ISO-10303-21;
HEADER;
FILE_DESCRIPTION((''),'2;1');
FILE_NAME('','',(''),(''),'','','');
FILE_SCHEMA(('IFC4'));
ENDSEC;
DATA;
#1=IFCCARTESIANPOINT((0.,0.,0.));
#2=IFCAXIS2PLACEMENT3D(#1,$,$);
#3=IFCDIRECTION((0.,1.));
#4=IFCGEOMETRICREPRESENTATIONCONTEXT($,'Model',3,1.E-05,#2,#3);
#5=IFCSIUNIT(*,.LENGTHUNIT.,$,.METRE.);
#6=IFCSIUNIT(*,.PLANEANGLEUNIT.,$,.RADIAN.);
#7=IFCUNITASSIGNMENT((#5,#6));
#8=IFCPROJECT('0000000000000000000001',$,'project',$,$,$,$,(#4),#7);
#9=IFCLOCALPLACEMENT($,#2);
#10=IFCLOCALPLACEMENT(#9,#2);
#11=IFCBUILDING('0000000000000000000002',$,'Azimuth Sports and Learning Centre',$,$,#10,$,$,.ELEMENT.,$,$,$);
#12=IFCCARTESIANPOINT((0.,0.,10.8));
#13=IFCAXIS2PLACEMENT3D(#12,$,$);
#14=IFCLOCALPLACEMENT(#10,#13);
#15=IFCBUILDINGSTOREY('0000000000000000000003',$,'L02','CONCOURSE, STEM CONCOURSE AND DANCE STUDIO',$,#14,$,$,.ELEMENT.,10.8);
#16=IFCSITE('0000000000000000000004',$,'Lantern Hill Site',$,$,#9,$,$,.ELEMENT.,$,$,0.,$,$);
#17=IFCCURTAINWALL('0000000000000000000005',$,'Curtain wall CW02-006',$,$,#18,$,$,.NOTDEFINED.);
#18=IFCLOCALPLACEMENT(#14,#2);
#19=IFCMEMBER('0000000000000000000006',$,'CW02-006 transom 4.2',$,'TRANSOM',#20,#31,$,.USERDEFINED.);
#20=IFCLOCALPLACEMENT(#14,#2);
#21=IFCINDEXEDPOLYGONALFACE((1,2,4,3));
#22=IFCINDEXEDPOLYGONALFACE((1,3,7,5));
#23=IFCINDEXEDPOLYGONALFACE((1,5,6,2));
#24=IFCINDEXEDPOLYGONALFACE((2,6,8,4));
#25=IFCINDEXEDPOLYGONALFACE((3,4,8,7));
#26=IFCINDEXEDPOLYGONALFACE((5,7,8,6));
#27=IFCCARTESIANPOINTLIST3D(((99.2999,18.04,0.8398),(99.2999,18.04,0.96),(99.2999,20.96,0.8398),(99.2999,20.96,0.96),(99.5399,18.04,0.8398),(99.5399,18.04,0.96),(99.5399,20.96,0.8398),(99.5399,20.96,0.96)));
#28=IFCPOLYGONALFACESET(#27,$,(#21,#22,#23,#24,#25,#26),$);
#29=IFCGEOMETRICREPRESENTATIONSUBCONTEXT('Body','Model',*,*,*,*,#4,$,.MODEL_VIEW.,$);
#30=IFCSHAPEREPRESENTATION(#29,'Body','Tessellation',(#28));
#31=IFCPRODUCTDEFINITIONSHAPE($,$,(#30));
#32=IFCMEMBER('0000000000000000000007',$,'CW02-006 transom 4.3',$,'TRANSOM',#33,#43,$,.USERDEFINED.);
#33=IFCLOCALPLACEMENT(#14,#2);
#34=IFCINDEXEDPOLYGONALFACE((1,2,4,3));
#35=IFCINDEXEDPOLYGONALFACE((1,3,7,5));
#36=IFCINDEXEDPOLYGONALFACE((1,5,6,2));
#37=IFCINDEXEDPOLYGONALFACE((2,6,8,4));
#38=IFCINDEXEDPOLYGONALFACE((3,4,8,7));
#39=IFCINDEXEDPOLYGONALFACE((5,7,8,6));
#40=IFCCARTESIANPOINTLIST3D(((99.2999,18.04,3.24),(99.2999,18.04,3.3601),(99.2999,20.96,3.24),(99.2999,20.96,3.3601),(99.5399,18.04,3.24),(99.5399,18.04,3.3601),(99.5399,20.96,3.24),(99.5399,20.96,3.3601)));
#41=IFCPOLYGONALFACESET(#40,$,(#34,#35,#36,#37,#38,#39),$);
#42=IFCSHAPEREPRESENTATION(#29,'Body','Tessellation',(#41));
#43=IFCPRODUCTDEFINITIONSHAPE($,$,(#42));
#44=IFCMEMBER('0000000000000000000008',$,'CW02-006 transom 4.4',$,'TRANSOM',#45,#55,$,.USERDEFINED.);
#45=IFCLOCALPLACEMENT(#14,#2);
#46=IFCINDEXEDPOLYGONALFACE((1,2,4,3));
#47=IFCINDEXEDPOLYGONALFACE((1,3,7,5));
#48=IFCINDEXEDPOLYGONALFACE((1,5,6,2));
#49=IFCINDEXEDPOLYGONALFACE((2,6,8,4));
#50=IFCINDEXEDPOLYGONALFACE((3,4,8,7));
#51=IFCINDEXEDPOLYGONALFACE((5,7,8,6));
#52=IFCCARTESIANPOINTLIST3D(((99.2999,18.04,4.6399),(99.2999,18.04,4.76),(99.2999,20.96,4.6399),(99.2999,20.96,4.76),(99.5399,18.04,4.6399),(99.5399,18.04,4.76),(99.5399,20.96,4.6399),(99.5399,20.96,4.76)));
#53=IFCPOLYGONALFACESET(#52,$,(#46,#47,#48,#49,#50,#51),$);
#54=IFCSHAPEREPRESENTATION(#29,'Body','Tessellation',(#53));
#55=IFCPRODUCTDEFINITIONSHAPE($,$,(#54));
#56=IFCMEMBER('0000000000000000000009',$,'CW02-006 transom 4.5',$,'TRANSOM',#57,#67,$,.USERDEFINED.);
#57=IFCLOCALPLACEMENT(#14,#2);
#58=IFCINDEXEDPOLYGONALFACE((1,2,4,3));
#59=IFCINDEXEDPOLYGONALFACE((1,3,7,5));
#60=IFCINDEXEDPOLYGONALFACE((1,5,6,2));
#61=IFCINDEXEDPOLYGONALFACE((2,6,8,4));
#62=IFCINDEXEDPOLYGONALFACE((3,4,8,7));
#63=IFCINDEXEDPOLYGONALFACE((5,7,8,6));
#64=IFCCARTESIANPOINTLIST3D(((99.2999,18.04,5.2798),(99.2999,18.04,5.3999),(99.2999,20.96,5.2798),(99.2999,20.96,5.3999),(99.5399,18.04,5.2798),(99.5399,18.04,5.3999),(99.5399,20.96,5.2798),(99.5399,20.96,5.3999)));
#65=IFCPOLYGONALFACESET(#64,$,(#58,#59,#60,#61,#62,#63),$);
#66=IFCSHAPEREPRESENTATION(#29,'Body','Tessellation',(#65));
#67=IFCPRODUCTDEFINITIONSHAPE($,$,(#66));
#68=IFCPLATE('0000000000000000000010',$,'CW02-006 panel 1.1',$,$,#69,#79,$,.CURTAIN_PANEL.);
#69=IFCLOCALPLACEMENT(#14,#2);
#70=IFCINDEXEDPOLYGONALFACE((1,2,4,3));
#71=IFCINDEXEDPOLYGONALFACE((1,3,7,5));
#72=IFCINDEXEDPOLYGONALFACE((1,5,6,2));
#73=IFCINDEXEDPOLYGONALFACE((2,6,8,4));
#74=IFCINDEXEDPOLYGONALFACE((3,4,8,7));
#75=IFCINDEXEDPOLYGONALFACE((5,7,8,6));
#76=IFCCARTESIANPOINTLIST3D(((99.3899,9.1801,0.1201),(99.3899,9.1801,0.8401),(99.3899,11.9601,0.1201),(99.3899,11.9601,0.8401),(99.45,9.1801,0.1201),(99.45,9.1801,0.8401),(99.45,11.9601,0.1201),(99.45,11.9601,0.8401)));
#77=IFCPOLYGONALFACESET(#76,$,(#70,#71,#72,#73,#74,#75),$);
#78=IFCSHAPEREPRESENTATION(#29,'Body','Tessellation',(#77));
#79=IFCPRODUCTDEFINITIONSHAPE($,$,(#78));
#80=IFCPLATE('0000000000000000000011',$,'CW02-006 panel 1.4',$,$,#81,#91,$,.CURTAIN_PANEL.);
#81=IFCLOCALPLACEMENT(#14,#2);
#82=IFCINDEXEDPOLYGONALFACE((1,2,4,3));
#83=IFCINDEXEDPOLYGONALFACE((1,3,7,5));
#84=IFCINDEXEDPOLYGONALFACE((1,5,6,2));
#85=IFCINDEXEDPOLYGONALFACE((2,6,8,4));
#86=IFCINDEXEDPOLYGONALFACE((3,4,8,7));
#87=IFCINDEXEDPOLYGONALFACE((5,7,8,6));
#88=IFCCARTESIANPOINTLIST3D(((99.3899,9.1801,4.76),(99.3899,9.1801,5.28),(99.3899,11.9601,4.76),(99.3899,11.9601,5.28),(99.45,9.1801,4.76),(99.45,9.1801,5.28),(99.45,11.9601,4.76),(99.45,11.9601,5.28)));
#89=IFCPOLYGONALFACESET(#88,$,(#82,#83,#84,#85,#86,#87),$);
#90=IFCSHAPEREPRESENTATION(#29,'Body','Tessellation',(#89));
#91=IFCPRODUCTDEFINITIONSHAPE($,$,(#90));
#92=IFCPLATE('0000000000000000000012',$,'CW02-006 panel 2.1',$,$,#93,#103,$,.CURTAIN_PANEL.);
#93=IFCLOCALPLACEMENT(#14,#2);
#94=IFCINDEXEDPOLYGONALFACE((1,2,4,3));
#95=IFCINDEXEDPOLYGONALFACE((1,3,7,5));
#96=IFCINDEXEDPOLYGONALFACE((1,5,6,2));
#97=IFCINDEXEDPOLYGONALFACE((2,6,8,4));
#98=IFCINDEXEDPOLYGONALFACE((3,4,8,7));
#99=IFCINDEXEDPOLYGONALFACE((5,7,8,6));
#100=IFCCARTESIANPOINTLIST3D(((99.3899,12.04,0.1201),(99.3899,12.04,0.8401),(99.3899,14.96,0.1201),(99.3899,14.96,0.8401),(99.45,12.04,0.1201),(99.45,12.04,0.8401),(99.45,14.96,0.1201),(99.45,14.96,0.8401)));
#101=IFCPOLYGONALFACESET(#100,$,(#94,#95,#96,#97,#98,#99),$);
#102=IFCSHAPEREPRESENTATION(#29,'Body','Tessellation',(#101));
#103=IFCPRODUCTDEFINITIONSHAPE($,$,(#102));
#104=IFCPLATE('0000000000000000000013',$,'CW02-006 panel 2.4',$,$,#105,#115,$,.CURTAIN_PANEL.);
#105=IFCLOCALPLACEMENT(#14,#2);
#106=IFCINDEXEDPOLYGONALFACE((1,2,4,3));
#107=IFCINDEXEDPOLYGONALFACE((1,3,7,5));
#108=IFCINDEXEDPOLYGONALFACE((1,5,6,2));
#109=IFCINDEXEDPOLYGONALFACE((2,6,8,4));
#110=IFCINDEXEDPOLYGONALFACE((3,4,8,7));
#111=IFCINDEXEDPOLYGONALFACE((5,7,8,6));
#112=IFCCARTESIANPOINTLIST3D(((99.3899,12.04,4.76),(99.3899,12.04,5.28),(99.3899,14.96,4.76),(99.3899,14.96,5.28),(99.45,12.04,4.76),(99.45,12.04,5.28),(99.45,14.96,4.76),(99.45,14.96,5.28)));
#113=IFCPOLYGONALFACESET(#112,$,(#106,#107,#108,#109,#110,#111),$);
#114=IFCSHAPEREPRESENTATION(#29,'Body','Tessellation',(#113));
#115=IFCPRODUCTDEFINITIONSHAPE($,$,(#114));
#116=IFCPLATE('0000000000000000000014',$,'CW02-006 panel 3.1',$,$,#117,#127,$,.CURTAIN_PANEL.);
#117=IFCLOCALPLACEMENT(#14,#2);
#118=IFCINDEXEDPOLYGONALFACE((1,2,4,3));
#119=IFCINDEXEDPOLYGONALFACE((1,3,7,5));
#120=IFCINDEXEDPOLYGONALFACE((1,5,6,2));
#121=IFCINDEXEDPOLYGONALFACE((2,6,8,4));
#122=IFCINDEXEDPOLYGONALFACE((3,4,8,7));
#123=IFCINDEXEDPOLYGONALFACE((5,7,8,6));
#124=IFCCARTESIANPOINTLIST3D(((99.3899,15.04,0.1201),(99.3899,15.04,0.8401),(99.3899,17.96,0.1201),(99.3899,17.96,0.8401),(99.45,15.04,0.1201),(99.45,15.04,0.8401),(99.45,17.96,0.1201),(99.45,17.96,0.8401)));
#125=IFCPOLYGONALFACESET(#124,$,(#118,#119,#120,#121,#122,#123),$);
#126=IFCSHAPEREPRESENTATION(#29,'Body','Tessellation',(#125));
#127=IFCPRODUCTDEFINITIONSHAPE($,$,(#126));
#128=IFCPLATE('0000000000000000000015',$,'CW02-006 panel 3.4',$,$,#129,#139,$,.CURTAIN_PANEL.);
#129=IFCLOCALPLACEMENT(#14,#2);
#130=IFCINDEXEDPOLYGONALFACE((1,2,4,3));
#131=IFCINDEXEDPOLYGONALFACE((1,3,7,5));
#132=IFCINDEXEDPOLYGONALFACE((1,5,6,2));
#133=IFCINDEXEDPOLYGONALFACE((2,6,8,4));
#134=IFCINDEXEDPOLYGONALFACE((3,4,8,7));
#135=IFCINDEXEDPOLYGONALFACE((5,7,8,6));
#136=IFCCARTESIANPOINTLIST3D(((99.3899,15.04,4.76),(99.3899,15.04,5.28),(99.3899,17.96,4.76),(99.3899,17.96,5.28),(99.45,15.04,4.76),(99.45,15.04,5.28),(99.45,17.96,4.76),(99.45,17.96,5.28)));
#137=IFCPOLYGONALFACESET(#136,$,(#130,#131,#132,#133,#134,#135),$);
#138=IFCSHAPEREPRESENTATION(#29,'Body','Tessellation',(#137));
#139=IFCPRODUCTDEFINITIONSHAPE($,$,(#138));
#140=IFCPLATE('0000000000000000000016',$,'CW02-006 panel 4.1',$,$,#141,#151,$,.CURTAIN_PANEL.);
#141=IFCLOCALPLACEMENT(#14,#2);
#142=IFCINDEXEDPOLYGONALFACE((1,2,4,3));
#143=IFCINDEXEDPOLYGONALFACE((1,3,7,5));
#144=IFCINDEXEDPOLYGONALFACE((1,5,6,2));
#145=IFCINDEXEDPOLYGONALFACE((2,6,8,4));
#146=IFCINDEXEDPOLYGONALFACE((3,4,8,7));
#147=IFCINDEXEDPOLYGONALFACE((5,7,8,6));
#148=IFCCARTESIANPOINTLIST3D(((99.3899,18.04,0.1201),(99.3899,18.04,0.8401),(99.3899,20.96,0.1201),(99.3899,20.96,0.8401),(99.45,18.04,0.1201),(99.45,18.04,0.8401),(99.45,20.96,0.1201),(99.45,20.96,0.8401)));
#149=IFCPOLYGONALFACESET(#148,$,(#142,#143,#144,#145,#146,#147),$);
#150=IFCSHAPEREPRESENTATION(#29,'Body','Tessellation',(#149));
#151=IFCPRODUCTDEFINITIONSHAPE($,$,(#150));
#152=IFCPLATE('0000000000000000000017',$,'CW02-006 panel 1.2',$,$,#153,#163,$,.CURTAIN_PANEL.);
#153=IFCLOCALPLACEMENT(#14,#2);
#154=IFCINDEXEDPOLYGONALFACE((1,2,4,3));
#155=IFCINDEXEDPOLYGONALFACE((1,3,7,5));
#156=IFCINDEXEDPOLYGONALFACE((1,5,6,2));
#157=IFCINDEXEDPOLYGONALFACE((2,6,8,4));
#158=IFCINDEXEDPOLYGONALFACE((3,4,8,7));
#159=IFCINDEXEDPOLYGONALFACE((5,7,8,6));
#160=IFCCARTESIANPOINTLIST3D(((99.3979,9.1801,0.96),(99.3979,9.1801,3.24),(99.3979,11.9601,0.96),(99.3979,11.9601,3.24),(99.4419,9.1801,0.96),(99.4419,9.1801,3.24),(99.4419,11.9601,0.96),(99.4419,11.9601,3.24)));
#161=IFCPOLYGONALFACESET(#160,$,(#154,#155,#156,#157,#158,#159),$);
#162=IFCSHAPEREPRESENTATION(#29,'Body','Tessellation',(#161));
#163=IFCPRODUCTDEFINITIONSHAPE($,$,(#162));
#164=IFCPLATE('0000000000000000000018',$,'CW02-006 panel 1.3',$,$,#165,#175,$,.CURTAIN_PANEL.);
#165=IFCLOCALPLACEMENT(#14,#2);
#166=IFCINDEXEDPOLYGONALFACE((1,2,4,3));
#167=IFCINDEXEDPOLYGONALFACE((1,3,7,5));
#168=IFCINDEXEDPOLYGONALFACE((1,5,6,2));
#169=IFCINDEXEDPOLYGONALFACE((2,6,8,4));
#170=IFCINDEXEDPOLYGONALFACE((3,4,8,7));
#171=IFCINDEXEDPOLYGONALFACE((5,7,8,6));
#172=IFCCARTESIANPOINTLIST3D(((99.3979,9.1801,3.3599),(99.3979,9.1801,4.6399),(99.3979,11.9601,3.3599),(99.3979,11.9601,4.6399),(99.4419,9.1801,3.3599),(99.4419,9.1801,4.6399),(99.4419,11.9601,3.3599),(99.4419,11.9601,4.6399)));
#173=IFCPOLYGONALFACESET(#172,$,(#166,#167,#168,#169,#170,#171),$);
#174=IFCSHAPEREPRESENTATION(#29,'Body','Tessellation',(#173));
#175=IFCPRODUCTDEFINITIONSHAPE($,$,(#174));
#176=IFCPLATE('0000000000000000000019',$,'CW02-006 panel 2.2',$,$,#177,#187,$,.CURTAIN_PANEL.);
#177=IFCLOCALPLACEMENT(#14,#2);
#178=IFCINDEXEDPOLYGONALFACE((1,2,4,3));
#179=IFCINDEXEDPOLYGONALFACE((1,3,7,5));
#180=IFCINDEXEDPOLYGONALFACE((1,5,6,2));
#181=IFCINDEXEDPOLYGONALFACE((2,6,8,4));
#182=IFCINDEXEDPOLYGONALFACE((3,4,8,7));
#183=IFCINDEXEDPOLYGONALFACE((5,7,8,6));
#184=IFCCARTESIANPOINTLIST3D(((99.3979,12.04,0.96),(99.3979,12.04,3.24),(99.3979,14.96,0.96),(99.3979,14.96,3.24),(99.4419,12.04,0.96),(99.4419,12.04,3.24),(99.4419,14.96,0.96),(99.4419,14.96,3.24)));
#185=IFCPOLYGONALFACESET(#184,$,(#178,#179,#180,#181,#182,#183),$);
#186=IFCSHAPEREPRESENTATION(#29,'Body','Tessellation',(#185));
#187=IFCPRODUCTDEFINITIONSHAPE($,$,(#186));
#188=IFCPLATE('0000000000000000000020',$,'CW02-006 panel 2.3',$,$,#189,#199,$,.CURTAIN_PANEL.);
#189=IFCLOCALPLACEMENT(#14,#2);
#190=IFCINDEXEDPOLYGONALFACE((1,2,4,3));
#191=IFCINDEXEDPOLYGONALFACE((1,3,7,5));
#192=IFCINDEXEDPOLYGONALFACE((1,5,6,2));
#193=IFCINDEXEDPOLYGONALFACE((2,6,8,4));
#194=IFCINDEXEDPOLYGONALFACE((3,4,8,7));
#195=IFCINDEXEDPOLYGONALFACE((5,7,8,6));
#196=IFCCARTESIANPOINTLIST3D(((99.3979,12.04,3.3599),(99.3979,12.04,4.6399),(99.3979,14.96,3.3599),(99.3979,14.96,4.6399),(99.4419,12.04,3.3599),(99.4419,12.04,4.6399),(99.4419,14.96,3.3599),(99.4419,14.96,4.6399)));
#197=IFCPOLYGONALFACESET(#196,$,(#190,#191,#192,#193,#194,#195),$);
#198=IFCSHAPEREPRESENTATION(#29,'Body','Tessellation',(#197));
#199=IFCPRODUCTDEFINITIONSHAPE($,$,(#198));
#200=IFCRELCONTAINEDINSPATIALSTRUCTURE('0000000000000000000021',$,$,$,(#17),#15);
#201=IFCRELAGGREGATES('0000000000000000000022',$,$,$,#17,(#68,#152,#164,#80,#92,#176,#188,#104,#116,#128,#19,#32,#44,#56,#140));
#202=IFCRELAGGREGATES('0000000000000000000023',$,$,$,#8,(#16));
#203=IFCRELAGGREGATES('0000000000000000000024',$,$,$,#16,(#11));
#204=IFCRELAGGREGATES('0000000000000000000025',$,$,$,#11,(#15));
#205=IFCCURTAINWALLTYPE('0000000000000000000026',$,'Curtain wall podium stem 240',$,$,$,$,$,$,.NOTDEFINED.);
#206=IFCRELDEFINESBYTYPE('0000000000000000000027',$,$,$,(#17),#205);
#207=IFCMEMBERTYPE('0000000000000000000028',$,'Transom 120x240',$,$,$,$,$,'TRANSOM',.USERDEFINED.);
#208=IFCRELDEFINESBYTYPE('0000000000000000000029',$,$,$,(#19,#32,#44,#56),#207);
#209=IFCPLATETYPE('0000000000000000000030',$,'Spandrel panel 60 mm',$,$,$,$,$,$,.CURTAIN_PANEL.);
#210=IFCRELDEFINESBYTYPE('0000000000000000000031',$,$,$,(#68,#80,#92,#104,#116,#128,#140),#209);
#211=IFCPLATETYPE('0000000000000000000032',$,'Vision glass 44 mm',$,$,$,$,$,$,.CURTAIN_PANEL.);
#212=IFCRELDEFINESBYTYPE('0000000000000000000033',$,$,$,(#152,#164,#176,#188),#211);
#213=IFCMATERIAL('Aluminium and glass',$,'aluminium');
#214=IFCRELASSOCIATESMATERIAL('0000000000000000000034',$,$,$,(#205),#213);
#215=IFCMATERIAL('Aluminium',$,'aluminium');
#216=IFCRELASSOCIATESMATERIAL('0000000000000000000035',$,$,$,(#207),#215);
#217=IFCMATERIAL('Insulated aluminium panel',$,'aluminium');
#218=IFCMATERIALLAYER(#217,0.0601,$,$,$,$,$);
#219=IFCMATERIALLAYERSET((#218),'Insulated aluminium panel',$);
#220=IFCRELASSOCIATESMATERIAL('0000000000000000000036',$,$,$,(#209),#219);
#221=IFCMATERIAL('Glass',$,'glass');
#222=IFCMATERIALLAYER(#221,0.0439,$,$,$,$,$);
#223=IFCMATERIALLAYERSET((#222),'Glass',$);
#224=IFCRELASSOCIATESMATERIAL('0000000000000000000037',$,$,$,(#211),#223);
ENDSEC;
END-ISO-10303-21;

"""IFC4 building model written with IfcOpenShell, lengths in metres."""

from ifc_helpers import new_model, si_unit, direction, frame, origin, origin_2d, place, context, subcontext, project, spatial, rectangle, extrude, material, layer, layer_set, material_profile, profile_set, type_object, element, aggregate, save


model = new_model("IFC4")

# Units and contexts
model_context = context("Model", 3, precision=1e-05, world=origin(), true_north=direction((0.0, 1.0)))
body_context = subcontext(model_context, "Body", "Model", "MODEL_VIEW")
ifc_project = project(units=[si_unit("LENGTHUNIT", "METRE"), si_unit("PLANEANGLEUNIT", "RADIAN")], contexts=[model_context])

# Site, building, storey
site_placement = place(None, origin())
site = spatial("IfcSite", under=ifc_project, at=site_placement, Name="Lantern Hill Site", CompositionType="ELEMENT", RefElevation=0.0)
building_placement = place(site_placement, origin())
building = spatial("IfcBuilding", under=site, at=building_placement, Name="Azimuth Sports and Learning Centre", CompositionType="ELEMENT")
storey_placement = place(building_placement, frame((0.0, 0.0, 10.8)))
storey = spatial("IfcBuildingStorey", under=building, at=storey_placement, Name="L02", Description="CONCOURSE, STEM CONCOURSE AND DANCE STUDIO", CompositionType="ELEMENT", Elevation=10.8)

# Curtain wall, members, plates
ifc_material_1 = material(Name="Aluminium and glass", Category="aluminium")
curtain_wall_type = type_object("IfcCurtainWallType", Name="Curtain wall podium stem 240", PredefinedType="NOTDEFINED", material=ifc_material_1)
curtain_wall_placement = place(storey_placement, origin())
curtain_wall = element("IfcCurtainWall", 1, at=curtain_wall_placement, inside=storey, type_object=curtain_wall_type, Name="Curtain wall CW02-006", PredefinedType="NOTDEFINED")
ifc_material_2 = material(Name="Aluminium", Category="aluminium")
ifc_material_profile_1 = material_profile(ifc_material_2, rectangle(XDim=0.24, YDim=0.1201, at=origin_2d()), Name="Transom 120x240")
ifc_profile_set_1 = profile_set([ifc_material_profile_1], Name="Aluminium")
member_type_1 = type_object("IfcMemberType", Name="Transom 120x240", ElementType="TRANSOM", PredefinedType="USERDEFINED", material=ifc_profile_set_1)
member_1_placement = place(storey_placement, frame((99.4199, 18.04, 0.8999), z_axis=(0.0, 1.0, 0.0), x_axis=(-1.0, 0.0, 0.0)))
member_1 = element("IfcMember", 2, at=member_1_placement, type_object=member_type_1, Name="CW02-006 transom 4.2", ObjectType="TRANSOM", PredefinedType="USERDEFINED", context=body_context, shape_type="SweptSolid", body=[
    extrude(rectangle(XDim=0.24, YDim=0.1201, at=origin_2d()), origin(), (0.0, 0.0, 1.0), 2.9199),
])
member_2_placement = place(storey_placement, frame((99.4199, 18.04, 3.3), z_axis=(0.0, 1.0, 0.0), x_axis=(-1.0, 0.0, 0.0)))
member_2 = element("IfcMember", 3, at=member_2_placement, type_object=member_type_1, Name="CW02-006 transom 4.3", ObjectType="TRANSOM", PredefinedType="USERDEFINED", context=body_context, shape_type="SweptSolid", body=[
    extrude(rectangle(XDim=0.24, YDim=0.1201, at=origin_2d()), origin(), (0.0, 0.0, 1.0), 2.9199),
])
member_3_placement = place(storey_placement, frame((99.4199, 18.04, 4.7), z_axis=(0.0, 1.0, 0.0), x_axis=(-1.0, 0.0, 0.0)))
member_3 = element("IfcMember", 4, at=member_3_placement, type_object=member_type_1, Name="CW02-006 transom 4.4", ObjectType="TRANSOM", PredefinedType="USERDEFINED", context=body_context, shape_type="SweptSolid", body=[
    extrude(rectangle(XDim=0.24, YDim=0.1201, at=origin_2d()), origin(), (0.0, 0.0, 1.0), 2.9199),
])
member_4_placement = place(storey_placement, frame((99.4199, 18.04, 5.3398), z_axis=(0.0, 1.0, 0.0), x_axis=(-1.0, 0.0, 0.0)))
member_4 = element("IfcMember", 5, at=member_4_placement, type_object=member_type_1, Name="CW02-006 transom 4.5", ObjectType="TRANSOM", PredefinedType="USERDEFINED", context=body_context, shape_type="SweptSolid", body=[
    extrude(rectangle(XDim=0.24, YDim=0.1201, at=origin_2d()), origin(), (0.0, 0.0, 1.0), 2.9199),
])
ifc_material_3 = material(Name="Insulated aluminium panel", Category="aluminium")
ifc_layer_1 = layer(ifc_material_3, 0.0601)
ifc_layer_set_1 = layer_set([ifc_layer_1], Name="Insulated aluminium panel")
plate_type_1 = type_object("IfcPlateType", Name="Spandrel panel 60 mm", PredefinedType="CURTAIN_PANEL", material=ifc_layer_set_1)
plate_1_placement = place(storey_placement, frame((99.4199, 10.5701, 0.1201), z_axis=(0.0, 0.0, 1.0), x_axis=(0.0, 1.0, 0.0)))
plate_1 = element("IfcPlate", 6, at=plate_1_placement, type_object=plate_type_1, Name="CW02-006 panel 1.1", PredefinedType="CURTAIN_PANEL", context=body_context, shape_type="SweptSolid", body=[
    extrude(rectangle(XDim=2.78, YDim=0.0601, at=origin_2d()), origin(), (0.0, 0.0, 1.0), 0.72),
])
plate_2_placement = place(storey_placement, frame((99.4199, 10.5701, 4.76), z_axis=(0.0, 0.0, 1.0), x_axis=(0.0, 1.0, 0.0)))
plate_2 = element("IfcPlate", 7, at=plate_2_placement, type_object=plate_type_1, Name="CW02-006 panel 1.4", PredefinedType="CURTAIN_PANEL", context=body_context, shape_type="SweptSolid", body=[
    extrude(rectangle(XDim=2.78, YDim=0.0601, at=origin_2d()), origin(), (0.0, 0.0, 1.0), 0.52),
])
plate_3_placement = place(storey_placement, frame((99.4199, 13.5, 0.1201), z_axis=(0.0, 0.0, 1.0), x_axis=(0.0, 1.0, 0.0)))
plate_3 = element("IfcPlate", 8, at=plate_3_placement, type_object=plate_type_1, Name="CW02-006 panel 2.1", PredefinedType="CURTAIN_PANEL", context=body_context, shape_type="SweptSolid", body=[
    extrude(rectangle(XDim=2.9199, YDim=0.0601, at=origin_2d()), origin(), (0.0, 0.0, 1.0), 0.72),
])
plate_4_placement = place(storey_placement, frame((99.4199, 13.5, 4.76), z_axis=(0.0, 0.0, 1.0), x_axis=(0.0, 1.0, 0.0)))
plate_4 = element("IfcPlate", 9, at=plate_4_placement, type_object=plate_type_1, Name="CW02-006 panel 2.4", PredefinedType="CURTAIN_PANEL", context=body_context, shape_type="SweptSolid", body=[
    extrude(rectangle(XDim=2.9199, YDim=0.0601, at=origin_2d()), origin(), (0.0, 0.0, 1.0), 0.52),
])
plate_5_placement = place(storey_placement, frame((99.4199, 16.5, 0.1201), z_axis=(0.0, 0.0, 1.0), x_axis=(0.0, 1.0, 0.0)))
plate_5 = element("IfcPlate", 10, at=plate_5_placement, type_object=plate_type_1, Name="CW02-006 panel 3.1", PredefinedType="CURTAIN_PANEL", context=body_context, shape_type="SweptSolid", body=[
    extrude(rectangle(XDim=2.9199, YDim=0.0601, at=origin_2d()), origin(), (0.0, 0.0, 1.0), 0.72),
])
plate_6_placement = place(storey_placement, frame((99.4199, 16.5, 4.76), z_axis=(0.0, 0.0, 1.0), x_axis=(0.0, 1.0, 0.0)))
plate_6 = element("IfcPlate", 11, at=plate_6_placement, type_object=plate_type_1, Name="CW02-006 panel 3.4", PredefinedType="CURTAIN_PANEL", context=body_context, shape_type="SweptSolid", body=[
    extrude(rectangle(XDim=2.9199, YDim=0.0601, at=origin_2d()), origin(), (0.0, 0.0, 1.0), 0.52),
])
plate_7_placement = place(storey_placement, frame((99.4199, 19.5, 0.1201), z_axis=(0.0, 0.0, 1.0), x_axis=(0.0, 1.0, 0.0)))
plate_7 = element("IfcPlate", 12, at=plate_7_placement, type_object=plate_type_1, Name="CW02-006 panel 4.1", PredefinedType="CURTAIN_PANEL", context=body_context, shape_type="SweptSolid", body=[
    extrude(rectangle(XDim=2.9199, YDim=0.0601, at=origin_2d()), origin(), (0.0, 0.0, 1.0), 0.72),
])
ifc_material_4 = material(Name="Glass", Category="glass")
ifc_layer_2 = layer(ifc_material_4, 0.0439)
ifc_layer_set_2 = layer_set([ifc_layer_2], Name="Glass")
plate_type_2 = type_object("IfcPlateType", Name="Vision glass 44 mm", PredefinedType="CURTAIN_PANEL", material=ifc_layer_set_2)
plate_8_placement = place(storey_placement, frame((99.4199, 10.5701, 0.96), z_axis=(0.0, 0.0, 1.0), x_axis=(0.0, 1.0, 0.0)))
plate_8 = element("IfcPlate", 13, at=plate_8_placement, type_object=plate_type_2, Name="CW02-006 panel 1.2", PredefinedType="CURTAIN_PANEL", context=body_context, shape_type="SweptSolid", body=[
    extrude(rectangle(XDim=2.78, YDim=0.0439, at=origin_2d()), origin(), (0.0, 0.0, 1.0), 2.28),
])
plate_9_placement = place(storey_placement, frame((99.4199, 10.5701, 3.3599), z_axis=(0.0, 0.0, 1.0), x_axis=(0.0, 1.0, 0.0)))
plate_9 = element("IfcPlate", 14, at=plate_9_placement, type_object=plate_type_2, Name="CW02-006 panel 1.3", PredefinedType="CURTAIN_PANEL", context=body_context, shape_type="SweptSolid", body=[
    extrude(rectangle(XDim=2.78, YDim=0.0439, at=origin_2d()), origin(), (0.0, 0.0, 1.0), 1.28),
])
plate_10_placement = place(storey_placement, frame((99.4199, 13.5, 0.96), z_axis=(0.0, 0.0, 1.0), x_axis=(0.0, 1.0, 0.0)))
plate_10 = element("IfcPlate", 15, at=plate_10_placement, type_object=plate_type_2, Name="CW02-006 panel 2.2", PredefinedType="CURTAIN_PANEL", context=body_context, shape_type="SweptSolid", body=[
    extrude(rectangle(XDim=2.9199, YDim=0.0439, at=origin_2d()), origin(), (0.0, 0.0, 1.0), 2.28),
])
plate_11_placement = place(storey_placement, frame((99.4199, 13.5, 3.3599), z_axis=(0.0, 0.0, 1.0), x_axis=(0.0, 1.0, 0.0)))
plate_11 = element("IfcPlate", 16, at=plate_11_placement, type_object=plate_type_2, Name="CW02-006 panel 2.3", PredefinedType="CURTAIN_PANEL", context=body_context, shape_type="SweptSolid", body=[
    extrude(rectangle(XDim=2.9199, YDim=0.0439, at=origin_2d()), origin(), (0.0, 0.0, 1.0), 1.28),
])
aggregate(curtain_wall, [plate_1, plate_8, plate_9, plate_2, plate_3, plate_10, plate_11, plate_4, plate_5, plate_6, member_1, member_2, member_3, member_4, plate_7])

save(model, "model.ifc")
